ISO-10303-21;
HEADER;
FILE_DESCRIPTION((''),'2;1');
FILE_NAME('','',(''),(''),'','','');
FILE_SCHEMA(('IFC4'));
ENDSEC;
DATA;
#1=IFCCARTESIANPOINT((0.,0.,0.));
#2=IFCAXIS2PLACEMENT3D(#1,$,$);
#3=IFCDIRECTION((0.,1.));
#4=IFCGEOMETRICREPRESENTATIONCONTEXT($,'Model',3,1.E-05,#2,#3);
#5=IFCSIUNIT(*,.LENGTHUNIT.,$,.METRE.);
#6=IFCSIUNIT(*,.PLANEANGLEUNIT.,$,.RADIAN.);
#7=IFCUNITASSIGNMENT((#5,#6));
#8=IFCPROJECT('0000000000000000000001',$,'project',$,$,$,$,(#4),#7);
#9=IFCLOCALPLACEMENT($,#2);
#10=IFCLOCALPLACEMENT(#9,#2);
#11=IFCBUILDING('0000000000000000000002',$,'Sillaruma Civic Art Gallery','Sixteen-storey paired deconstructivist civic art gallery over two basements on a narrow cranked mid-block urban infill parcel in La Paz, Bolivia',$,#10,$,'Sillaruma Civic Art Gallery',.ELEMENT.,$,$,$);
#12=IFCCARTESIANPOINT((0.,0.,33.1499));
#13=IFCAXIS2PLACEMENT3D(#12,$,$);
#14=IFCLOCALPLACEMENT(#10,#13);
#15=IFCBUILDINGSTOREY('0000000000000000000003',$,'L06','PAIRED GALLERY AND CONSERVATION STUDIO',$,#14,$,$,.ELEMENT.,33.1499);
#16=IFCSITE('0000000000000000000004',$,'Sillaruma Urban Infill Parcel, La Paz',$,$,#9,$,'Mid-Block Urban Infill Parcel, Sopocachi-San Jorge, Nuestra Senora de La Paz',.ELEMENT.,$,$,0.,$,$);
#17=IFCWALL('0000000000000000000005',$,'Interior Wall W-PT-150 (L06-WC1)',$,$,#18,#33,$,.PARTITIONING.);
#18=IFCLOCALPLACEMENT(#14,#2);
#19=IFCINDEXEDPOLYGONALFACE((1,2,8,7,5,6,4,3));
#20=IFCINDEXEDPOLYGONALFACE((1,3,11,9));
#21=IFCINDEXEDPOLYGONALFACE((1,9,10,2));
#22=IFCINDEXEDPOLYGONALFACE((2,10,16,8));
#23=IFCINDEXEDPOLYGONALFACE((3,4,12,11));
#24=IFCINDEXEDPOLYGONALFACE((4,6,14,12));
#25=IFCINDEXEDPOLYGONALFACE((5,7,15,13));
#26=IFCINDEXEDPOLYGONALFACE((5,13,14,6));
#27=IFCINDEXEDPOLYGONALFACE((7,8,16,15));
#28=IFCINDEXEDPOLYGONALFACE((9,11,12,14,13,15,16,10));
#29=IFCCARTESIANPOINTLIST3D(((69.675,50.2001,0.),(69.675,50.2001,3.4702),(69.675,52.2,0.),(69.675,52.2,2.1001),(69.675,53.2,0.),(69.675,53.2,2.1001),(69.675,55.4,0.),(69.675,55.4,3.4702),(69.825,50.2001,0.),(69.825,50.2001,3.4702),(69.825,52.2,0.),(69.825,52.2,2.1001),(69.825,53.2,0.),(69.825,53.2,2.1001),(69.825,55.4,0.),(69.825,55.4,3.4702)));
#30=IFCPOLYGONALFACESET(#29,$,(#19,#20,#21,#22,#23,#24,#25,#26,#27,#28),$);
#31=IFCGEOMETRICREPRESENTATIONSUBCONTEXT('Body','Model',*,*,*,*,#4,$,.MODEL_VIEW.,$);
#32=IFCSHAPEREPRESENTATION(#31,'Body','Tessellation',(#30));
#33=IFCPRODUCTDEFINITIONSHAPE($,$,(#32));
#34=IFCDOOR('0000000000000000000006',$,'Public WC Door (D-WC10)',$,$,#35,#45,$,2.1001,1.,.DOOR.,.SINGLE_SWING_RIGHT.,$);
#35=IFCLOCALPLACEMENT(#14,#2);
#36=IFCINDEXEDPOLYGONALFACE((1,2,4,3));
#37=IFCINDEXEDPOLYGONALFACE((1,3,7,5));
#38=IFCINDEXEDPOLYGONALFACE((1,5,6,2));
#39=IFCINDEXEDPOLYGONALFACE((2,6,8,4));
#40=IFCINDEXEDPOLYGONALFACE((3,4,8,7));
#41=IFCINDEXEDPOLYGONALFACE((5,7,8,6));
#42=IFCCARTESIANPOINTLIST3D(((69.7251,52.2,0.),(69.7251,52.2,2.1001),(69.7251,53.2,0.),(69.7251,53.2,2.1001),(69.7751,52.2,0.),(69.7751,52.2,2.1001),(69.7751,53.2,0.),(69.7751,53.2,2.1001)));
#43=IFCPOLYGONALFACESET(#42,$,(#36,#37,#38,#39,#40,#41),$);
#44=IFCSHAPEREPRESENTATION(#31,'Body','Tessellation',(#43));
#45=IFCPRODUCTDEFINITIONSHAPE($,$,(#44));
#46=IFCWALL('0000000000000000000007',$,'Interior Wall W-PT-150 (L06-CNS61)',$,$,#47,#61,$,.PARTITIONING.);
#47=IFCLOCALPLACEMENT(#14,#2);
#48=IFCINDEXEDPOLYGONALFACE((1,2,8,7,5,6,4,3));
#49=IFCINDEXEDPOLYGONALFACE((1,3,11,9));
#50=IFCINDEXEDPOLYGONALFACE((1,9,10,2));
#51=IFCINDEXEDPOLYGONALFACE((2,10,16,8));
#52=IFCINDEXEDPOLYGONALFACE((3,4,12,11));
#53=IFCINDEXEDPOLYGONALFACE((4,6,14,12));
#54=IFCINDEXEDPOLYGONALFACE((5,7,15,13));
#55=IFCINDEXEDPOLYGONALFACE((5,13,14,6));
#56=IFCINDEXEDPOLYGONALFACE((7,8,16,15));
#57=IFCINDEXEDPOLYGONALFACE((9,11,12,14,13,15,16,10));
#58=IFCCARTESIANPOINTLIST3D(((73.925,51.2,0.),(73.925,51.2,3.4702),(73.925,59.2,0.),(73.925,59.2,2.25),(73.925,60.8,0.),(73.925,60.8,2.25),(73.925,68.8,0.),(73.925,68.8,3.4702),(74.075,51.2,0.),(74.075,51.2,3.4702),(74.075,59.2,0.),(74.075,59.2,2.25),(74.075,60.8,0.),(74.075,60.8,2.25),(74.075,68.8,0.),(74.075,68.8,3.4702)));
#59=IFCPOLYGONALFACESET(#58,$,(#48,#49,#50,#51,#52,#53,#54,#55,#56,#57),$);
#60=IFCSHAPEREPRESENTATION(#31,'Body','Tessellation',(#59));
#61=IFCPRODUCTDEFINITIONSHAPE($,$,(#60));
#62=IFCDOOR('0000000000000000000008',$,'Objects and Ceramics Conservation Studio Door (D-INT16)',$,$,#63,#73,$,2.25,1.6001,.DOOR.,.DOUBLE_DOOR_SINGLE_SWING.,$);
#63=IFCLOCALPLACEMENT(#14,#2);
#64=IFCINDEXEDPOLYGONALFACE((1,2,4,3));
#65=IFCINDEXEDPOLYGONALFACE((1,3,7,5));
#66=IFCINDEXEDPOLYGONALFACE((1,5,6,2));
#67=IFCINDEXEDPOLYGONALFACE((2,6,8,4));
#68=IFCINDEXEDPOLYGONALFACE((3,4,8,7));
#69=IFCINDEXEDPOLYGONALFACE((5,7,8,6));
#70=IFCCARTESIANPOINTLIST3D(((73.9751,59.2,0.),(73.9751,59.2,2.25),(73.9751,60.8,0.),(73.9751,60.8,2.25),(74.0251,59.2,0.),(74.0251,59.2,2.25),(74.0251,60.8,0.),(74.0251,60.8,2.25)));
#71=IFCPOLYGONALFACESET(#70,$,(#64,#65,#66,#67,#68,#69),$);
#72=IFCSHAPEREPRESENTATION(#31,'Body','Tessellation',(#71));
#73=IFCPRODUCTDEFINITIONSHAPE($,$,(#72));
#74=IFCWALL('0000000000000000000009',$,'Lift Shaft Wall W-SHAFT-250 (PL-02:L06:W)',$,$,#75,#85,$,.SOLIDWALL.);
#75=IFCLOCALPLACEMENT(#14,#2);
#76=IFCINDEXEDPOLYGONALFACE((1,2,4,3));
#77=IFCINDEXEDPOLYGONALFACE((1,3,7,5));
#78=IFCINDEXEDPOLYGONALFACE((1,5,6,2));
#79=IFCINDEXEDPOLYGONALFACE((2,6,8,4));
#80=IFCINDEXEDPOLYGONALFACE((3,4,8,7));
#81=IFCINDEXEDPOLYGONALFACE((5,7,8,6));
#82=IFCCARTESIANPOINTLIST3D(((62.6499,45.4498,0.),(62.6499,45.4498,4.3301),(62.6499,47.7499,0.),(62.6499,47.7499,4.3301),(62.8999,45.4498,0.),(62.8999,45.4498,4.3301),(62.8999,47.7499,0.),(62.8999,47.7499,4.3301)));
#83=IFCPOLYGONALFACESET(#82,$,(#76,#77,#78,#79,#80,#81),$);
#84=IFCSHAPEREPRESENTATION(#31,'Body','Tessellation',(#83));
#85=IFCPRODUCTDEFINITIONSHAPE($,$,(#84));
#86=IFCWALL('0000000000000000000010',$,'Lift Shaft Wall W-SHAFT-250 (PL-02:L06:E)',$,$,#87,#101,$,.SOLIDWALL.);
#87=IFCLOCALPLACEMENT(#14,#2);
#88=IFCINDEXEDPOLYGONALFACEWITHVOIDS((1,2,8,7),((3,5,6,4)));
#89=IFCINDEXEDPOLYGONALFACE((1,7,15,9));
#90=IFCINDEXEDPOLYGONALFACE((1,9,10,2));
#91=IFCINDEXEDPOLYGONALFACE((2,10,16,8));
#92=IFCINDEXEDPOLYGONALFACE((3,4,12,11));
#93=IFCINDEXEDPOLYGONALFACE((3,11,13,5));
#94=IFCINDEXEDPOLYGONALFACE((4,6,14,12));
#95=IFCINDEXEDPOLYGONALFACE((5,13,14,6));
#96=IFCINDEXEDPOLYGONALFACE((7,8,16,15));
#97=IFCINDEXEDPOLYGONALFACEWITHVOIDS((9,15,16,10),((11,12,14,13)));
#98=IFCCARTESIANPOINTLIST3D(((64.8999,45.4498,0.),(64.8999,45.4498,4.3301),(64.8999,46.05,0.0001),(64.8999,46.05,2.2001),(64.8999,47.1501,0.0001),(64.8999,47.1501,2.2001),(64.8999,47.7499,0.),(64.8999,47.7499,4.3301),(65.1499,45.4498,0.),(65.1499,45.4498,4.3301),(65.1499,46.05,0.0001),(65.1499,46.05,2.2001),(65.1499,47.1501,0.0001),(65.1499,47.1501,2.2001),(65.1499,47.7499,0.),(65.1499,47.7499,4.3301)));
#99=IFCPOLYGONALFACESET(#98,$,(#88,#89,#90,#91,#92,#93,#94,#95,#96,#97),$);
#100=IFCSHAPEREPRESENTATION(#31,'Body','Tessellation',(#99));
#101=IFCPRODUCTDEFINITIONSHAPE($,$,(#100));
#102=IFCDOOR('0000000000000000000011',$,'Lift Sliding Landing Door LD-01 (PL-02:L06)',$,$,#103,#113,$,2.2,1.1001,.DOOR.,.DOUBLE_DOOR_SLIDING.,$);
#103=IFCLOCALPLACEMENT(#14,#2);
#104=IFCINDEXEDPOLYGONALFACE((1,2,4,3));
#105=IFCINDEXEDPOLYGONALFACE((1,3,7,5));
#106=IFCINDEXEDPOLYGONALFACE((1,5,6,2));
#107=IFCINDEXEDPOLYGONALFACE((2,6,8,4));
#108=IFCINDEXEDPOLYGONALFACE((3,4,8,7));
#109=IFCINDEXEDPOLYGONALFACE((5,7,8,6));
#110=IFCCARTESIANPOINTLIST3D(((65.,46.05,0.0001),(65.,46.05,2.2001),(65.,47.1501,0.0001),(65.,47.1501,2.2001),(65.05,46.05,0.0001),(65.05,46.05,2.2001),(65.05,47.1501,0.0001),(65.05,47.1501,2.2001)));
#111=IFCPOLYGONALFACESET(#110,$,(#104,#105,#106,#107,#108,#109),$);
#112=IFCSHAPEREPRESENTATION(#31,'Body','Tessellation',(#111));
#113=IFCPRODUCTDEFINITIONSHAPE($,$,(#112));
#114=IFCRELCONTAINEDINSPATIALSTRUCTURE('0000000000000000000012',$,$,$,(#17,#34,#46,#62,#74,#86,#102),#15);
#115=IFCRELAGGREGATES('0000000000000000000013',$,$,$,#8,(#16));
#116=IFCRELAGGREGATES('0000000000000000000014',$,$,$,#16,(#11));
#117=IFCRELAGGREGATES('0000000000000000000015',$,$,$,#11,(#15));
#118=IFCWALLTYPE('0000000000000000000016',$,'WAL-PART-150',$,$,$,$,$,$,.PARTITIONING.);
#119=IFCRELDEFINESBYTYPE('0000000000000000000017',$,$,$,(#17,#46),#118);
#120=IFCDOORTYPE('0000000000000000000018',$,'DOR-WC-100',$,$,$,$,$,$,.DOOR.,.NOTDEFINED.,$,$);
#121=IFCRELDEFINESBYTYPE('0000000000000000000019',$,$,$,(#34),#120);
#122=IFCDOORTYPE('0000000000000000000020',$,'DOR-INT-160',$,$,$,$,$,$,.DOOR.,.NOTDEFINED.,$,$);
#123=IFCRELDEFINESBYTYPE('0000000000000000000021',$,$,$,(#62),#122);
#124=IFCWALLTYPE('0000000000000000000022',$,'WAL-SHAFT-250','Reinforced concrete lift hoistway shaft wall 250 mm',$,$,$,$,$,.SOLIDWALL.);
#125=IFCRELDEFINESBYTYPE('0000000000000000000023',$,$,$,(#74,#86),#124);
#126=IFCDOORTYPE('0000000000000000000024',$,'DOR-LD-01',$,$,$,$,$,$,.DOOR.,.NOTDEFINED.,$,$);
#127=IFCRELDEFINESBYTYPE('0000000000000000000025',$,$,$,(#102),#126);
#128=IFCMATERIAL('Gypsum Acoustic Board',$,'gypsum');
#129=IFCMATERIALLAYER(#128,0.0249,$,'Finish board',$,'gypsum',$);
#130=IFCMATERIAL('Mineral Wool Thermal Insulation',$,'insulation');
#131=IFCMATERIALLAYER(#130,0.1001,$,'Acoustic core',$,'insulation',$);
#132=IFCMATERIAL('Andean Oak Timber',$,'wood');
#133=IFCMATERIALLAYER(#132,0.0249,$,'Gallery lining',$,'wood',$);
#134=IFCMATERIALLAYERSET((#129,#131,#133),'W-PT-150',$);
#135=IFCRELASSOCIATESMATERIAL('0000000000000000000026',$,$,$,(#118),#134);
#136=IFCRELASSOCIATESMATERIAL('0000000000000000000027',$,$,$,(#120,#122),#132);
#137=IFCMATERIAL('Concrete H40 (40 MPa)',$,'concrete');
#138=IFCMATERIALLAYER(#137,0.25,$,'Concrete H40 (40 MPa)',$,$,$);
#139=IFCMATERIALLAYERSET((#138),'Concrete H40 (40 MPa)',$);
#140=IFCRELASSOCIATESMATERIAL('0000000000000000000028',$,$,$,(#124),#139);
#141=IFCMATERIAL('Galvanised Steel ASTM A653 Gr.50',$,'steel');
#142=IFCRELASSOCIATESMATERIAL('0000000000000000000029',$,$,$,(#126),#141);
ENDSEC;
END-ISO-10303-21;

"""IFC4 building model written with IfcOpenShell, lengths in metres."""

from ifc_helpers import new_model, si_unit, direction, frame, frame_2d, origin, place, context, subcontext, project, spatial, rectangle, extrude, material, layer, layer_set, type_object, element, fill, save


model = new_model("IFC4")

# Units and contexts
model_context = context("Model", 3, precision=1e-05, world=origin(), true_north=direction((0.0, 1.0)))
body_context = subcontext(model_context, "Body", "Model", "MODEL_VIEW")
ifc_project = project(units=[si_unit("LENGTHUNIT", "METRE"), si_unit("PLANEANGLEUNIT", "RADIAN")], contexts=[model_context])

# Site, building, storey
site_placement = place(None, origin())
site = spatial("IfcSite", under=ifc_project, at=site_placement, Name="Sillaruma Urban Infill Parcel, La Paz", LongName="Mid-Block Urban Infill Parcel, Sopocachi-San Jorge, Nuestra Senora de La Paz", CompositionType="ELEMENT", RefElevation=0.0)
building_placement = place(site_placement, origin())
building = spatial("IfcBuilding", under=site, at=building_placement, Name="Sillaruma Civic Art Gallery", Description="Sixteen-storey paired deconstructivist civic art gallery over two basements on a narrow cranked mid-block urban infill parcel in La Paz, Bolivia", LongName="Sillaruma Civic Art Gallery", CompositionType="ELEMENT")
storey_placement = place(building_placement, frame((0.0, 0.0, 33.1499)))
storey = spatial("IfcBuildingStorey", under=building, at=storey_placement, Name="L06", Description="PAIRED GALLERY AND CONSERVATION STUDIO", CompositionType="ELEMENT", Elevation=33.1499)

# Shared definitions
ifc_material_1 = material(Name="Concrete H40 (40 MPa)", Category="concrete")

# Walls, openings, doors
ifc_material_2 = material(Name="Gypsum Acoustic Board", Category="gypsum")
ifc_material_3 = material(Name="Mineral Wool Thermal Insulation", Category="insulation")
ifc_material_4 = material(Name="Andean Oak Timber", Category="wood")
ifc_layer_1 = layer(ifc_material_2, 0.0249, Name="Finish board", Category="gypsum")
ifc_layer_2 = layer(ifc_material_3, 0.1001, Name="Acoustic core", Category="insulation")
ifc_layer_3 = layer(ifc_material_4, 0.0249, Name="Gallery lining", Category="wood")
ifc_layer_set_1 = layer_set([ifc_layer_1, ifc_layer_2, ifc_layer_3], Name="W-PT-150")
wall_type_1 = type_object("IfcWallType", Name="WAL-PART-150", PredefinedType="PARTITIONING", material=ifc_layer_set_1)
wall_1_placement = place(storey_placement, frame((69.75, 50.2, 0.0), z_axis=(0.0, 0.0, 1.0), x_axis=(0.0, 1.0, 0.0)))
wall_1 = element("IfcWall", 1, at=wall_1_placement, inside=storey, type_object=wall_type_1, Name="Interior Wall W-PT-150 (L06-WC1)", PredefinedType="PARTITIONING", context=body_context, shape_type="SweptSolid", body=[
    extrude(rectangle(XDim=5.2, YDim=0.1499, at=frame_2d((2.6001, 0.0))), origin(), (0.0, 0.0, 1.0), 3.4702),
])
opening_1_placement = place(wall_1_placement, frame((2.0, 0.0, 0.0)))
opening_1 = element("IfcOpeningElement", 2, at=opening_1_placement, cuts=wall_1, PredefinedType="OPENING", context=body_context, shape_type="SweptSolid", body=[
    extrude(rectangle(XDim=1.0, YDim=2.1001, at=frame_2d((0.5, 1.05))), frame((0.0, 0.085, 0.0), z_axis=(0.0, -1.0, 0.0), x_axis=(1.0, 0.0, 0.0)), (0.0, 0.0, 1.0), 0.1699),
])
door_type_1 = type_object("IfcDoorType", Name="DOR-WC-100", OperationType="NOTDEFINED", PredefinedType="DOOR", material=ifc_material_4)
door_1_placement = place(opening_1_placement, origin())
door_1 = element("IfcDoor", 3, at=door_1_placement, inside=storey, type_object=door_type_1, Name="Public WC Door (D-WC10)", OperationType="SINGLE_SWING_RIGHT", OverallHeight=2.1001, OverallWidth=1.0, PredefinedType="DOOR", context=body_context, shape_type="SweptSolid", body=[
    extrude(rectangle(XDim=1.0, YDim=2.1001, at=frame_2d((0.5, 1.05))), frame((0.0, 0.0249, 0.0), z_axis=(0.0, -1.0, 0.0), x_axis=(1.0, 0.0, 0.0)), (0.0, 0.0, 1.0), 0.05),
])
fill(opening_1, door_1)
wall_2_placement = place(storey_placement, frame((74.0, 51.2, 0.0), z_axis=(0.0, 0.0, 1.0), x_axis=(0.0, 1.0, 0.0)))
wall_2 = element("IfcWall", 4, at=wall_2_placement, inside=storey, type_object=wall_type_1, Name="Interior Wall W-PT-150 (L06-CNS61)", PredefinedType="PARTITIONING", context=body_context, shape_type="SweptSolid", body=[
    extrude(rectangle(XDim=17.6001, YDim=0.1499, at=frame_2d((8.8, 0.0))), origin(), (0.0, 0.0, 1.0), 3.4702),
])
opening_2_placement = place(wall_2_placement, frame((8.0, 0.0, 0.0)))
opening_2 = element("IfcOpeningElement", 5, at=opening_2_placement, cuts=wall_2, PredefinedType="OPENING", context=body_context, shape_type="SweptSolid", body=[
    extrude(rectangle(XDim=1.6001, YDim=2.25, at=frame_2d((0.8, 1.125))), frame((0.0, 0.085, 0.0), z_axis=(0.0, -1.0, 0.0), x_axis=(1.0, 0.0, 0.0)), (0.0, 0.0, 1.0), 0.1699),
])
door_type_2 = type_object("IfcDoorType", Name="DOR-INT-160", OperationType="NOTDEFINED", PredefinedType="DOOR", material=ifc_material_4)
door_2_placement = place(opening_2_placement, origin())
door_2 = element("IfcDoor", 6, at=door_2_placement, inside=storey, type_object=door_type_2, Name="Objects and Ceramics Conservation Studio Door (D-INT16)", OperationType="DOUBLE_DOOR_SINGLE_SWING", OverallHeight=2.25, OverallWidth=1.6001, PredefinedType="DOOR", context=body_context, shape_type="SweptSolid", body=[
    extrude(rectangle(XDim=1.6001, YDim=2.25, at=frame_2d((0.8, 1.125))), frame((0.0, 0.0249, 0.0), z_axis=(0.0, -1.0, 0.0), x_axis=(1.0, 0.0, 0.0)), (0.0, 0.0, 1.0), 0.05),
])
fill(opening_2, door_2)

# Wall
ifc_layer_4 = layer(ifc_material_1, 0.25, Name="Concrete H40 (40 MPa)")
ifc_layer_set_2 = layer_set([ifc_layer_4], Name="Concrete H40 (40 MPa)")
wall_type_2 = type_object("IfcWallType", Name="WAL-SHAFT-250", Description="Reinforced concrete lift hoistway shaft wall 250 mm", PredefinedType="SOLIDWALL", material=ifc_layer_set_2)
wall_3_placement = place(storey_placement, frame((62.7749, 45.45, 0.0), z_axis=(0.0, 0.0, 1.0), x_axis=(0.0, 1.0, 0.0)))
element("IfcWall", 7, at=wall_3_placement, inside=storey, type_object=wall_type_2, Name="Lift Shaft Wall W-SHAFT-250 (PL-02:L06:W)", PredefinedType="SOLIDWALL", context=body_context, shape_type="SweptSolid", body=[
    extrude(rectangle(XDim=2.3, YDim=0.25, at=frame_2d((1.1499, 0.0))), origin(), (0.0, 0.0, 1.0), 4.3301),
])

# Wall, opening, door
wall_4_placement = place(storey_placement, frame((65.0249, 45.45, 0.0), z_axis=(0.0, 0.0, 1.0), x_axis=(0.0, 1.0, 0.0)))
wall_4 = element("IfcWall", 8, at=wall_4_placement, inside=storey, type_object=wall_type_2, Name="Lift Shaft Wall W-SHAFT-250 (PL-02:L06:E)", PredefinedType="SOLIDWALL", context=body_context, shape_type="SweptSolid", body=[
    extrude(rectangle(XDim=2.3, YDim=0.25, at=frame_2d((1.1499, 0.0))), origin(), (0.0, 0.0, 1.0), 4.3301),
])
opening_3_placement = place(wall_4_placement, frame((0.6001, 0.0, 0.0)))
opening_3 = element("IfcOpeningElement", 9, at=opening_3_placement, cuts=wall_4, PredefinedType="OPENING", context=body_context, shape_type="SweptSolid", body=[
    extrude(rectangle(XDim=1.1001, YDim=2.2, at=frame_2d((0.55, 1.1001))), frame((0.0, 0.135, 0.0), z_axis=(0.0, -1.0, 0.0), x_axis=(1.0, 0.0, 0.0)), (0.0, 0.0, 1.0), 0.27),
])
ifc_material_5 = material(Name="Galvanised Steel ASTM A653 Gr.50", Category="steel")
door_type_3 = type_object("IfcDoorType", Name="DOR-LD-01", OperationType="NOTDEFINED", PredefinedType="DOOR", material=ifc_material_5)
door_3_placement = place(opening_3_placement, origin())
door_3 = element("IfcDoor", 10, at=door_3_placement, inside=storey, type_object=door_type_3, Name="Lift Sliding Landing Door LD-01 (PL-02:L06)", OperationType="DOUBLE_DOOR_SLIDING", OverallHeight=2.2, OverallWidth=1.1001, PredefinedType="DOOR", context=body_context, shape_type="SweptSolid", body=[
    extrude(rectangle(XDim=1.1001, YDim=2.2, at=frame_2d((0.55, 1.1001))), frame((0.0, 0.0249, 0.0), z_axis=(0.0, -1.0, 0.0), x_axis=(1.0, 0.0, 0.0)), (0.0, 0.0, 1.0), 0.05),
])
fill(opening_3, door_3)

save(model, "model.ifc")
